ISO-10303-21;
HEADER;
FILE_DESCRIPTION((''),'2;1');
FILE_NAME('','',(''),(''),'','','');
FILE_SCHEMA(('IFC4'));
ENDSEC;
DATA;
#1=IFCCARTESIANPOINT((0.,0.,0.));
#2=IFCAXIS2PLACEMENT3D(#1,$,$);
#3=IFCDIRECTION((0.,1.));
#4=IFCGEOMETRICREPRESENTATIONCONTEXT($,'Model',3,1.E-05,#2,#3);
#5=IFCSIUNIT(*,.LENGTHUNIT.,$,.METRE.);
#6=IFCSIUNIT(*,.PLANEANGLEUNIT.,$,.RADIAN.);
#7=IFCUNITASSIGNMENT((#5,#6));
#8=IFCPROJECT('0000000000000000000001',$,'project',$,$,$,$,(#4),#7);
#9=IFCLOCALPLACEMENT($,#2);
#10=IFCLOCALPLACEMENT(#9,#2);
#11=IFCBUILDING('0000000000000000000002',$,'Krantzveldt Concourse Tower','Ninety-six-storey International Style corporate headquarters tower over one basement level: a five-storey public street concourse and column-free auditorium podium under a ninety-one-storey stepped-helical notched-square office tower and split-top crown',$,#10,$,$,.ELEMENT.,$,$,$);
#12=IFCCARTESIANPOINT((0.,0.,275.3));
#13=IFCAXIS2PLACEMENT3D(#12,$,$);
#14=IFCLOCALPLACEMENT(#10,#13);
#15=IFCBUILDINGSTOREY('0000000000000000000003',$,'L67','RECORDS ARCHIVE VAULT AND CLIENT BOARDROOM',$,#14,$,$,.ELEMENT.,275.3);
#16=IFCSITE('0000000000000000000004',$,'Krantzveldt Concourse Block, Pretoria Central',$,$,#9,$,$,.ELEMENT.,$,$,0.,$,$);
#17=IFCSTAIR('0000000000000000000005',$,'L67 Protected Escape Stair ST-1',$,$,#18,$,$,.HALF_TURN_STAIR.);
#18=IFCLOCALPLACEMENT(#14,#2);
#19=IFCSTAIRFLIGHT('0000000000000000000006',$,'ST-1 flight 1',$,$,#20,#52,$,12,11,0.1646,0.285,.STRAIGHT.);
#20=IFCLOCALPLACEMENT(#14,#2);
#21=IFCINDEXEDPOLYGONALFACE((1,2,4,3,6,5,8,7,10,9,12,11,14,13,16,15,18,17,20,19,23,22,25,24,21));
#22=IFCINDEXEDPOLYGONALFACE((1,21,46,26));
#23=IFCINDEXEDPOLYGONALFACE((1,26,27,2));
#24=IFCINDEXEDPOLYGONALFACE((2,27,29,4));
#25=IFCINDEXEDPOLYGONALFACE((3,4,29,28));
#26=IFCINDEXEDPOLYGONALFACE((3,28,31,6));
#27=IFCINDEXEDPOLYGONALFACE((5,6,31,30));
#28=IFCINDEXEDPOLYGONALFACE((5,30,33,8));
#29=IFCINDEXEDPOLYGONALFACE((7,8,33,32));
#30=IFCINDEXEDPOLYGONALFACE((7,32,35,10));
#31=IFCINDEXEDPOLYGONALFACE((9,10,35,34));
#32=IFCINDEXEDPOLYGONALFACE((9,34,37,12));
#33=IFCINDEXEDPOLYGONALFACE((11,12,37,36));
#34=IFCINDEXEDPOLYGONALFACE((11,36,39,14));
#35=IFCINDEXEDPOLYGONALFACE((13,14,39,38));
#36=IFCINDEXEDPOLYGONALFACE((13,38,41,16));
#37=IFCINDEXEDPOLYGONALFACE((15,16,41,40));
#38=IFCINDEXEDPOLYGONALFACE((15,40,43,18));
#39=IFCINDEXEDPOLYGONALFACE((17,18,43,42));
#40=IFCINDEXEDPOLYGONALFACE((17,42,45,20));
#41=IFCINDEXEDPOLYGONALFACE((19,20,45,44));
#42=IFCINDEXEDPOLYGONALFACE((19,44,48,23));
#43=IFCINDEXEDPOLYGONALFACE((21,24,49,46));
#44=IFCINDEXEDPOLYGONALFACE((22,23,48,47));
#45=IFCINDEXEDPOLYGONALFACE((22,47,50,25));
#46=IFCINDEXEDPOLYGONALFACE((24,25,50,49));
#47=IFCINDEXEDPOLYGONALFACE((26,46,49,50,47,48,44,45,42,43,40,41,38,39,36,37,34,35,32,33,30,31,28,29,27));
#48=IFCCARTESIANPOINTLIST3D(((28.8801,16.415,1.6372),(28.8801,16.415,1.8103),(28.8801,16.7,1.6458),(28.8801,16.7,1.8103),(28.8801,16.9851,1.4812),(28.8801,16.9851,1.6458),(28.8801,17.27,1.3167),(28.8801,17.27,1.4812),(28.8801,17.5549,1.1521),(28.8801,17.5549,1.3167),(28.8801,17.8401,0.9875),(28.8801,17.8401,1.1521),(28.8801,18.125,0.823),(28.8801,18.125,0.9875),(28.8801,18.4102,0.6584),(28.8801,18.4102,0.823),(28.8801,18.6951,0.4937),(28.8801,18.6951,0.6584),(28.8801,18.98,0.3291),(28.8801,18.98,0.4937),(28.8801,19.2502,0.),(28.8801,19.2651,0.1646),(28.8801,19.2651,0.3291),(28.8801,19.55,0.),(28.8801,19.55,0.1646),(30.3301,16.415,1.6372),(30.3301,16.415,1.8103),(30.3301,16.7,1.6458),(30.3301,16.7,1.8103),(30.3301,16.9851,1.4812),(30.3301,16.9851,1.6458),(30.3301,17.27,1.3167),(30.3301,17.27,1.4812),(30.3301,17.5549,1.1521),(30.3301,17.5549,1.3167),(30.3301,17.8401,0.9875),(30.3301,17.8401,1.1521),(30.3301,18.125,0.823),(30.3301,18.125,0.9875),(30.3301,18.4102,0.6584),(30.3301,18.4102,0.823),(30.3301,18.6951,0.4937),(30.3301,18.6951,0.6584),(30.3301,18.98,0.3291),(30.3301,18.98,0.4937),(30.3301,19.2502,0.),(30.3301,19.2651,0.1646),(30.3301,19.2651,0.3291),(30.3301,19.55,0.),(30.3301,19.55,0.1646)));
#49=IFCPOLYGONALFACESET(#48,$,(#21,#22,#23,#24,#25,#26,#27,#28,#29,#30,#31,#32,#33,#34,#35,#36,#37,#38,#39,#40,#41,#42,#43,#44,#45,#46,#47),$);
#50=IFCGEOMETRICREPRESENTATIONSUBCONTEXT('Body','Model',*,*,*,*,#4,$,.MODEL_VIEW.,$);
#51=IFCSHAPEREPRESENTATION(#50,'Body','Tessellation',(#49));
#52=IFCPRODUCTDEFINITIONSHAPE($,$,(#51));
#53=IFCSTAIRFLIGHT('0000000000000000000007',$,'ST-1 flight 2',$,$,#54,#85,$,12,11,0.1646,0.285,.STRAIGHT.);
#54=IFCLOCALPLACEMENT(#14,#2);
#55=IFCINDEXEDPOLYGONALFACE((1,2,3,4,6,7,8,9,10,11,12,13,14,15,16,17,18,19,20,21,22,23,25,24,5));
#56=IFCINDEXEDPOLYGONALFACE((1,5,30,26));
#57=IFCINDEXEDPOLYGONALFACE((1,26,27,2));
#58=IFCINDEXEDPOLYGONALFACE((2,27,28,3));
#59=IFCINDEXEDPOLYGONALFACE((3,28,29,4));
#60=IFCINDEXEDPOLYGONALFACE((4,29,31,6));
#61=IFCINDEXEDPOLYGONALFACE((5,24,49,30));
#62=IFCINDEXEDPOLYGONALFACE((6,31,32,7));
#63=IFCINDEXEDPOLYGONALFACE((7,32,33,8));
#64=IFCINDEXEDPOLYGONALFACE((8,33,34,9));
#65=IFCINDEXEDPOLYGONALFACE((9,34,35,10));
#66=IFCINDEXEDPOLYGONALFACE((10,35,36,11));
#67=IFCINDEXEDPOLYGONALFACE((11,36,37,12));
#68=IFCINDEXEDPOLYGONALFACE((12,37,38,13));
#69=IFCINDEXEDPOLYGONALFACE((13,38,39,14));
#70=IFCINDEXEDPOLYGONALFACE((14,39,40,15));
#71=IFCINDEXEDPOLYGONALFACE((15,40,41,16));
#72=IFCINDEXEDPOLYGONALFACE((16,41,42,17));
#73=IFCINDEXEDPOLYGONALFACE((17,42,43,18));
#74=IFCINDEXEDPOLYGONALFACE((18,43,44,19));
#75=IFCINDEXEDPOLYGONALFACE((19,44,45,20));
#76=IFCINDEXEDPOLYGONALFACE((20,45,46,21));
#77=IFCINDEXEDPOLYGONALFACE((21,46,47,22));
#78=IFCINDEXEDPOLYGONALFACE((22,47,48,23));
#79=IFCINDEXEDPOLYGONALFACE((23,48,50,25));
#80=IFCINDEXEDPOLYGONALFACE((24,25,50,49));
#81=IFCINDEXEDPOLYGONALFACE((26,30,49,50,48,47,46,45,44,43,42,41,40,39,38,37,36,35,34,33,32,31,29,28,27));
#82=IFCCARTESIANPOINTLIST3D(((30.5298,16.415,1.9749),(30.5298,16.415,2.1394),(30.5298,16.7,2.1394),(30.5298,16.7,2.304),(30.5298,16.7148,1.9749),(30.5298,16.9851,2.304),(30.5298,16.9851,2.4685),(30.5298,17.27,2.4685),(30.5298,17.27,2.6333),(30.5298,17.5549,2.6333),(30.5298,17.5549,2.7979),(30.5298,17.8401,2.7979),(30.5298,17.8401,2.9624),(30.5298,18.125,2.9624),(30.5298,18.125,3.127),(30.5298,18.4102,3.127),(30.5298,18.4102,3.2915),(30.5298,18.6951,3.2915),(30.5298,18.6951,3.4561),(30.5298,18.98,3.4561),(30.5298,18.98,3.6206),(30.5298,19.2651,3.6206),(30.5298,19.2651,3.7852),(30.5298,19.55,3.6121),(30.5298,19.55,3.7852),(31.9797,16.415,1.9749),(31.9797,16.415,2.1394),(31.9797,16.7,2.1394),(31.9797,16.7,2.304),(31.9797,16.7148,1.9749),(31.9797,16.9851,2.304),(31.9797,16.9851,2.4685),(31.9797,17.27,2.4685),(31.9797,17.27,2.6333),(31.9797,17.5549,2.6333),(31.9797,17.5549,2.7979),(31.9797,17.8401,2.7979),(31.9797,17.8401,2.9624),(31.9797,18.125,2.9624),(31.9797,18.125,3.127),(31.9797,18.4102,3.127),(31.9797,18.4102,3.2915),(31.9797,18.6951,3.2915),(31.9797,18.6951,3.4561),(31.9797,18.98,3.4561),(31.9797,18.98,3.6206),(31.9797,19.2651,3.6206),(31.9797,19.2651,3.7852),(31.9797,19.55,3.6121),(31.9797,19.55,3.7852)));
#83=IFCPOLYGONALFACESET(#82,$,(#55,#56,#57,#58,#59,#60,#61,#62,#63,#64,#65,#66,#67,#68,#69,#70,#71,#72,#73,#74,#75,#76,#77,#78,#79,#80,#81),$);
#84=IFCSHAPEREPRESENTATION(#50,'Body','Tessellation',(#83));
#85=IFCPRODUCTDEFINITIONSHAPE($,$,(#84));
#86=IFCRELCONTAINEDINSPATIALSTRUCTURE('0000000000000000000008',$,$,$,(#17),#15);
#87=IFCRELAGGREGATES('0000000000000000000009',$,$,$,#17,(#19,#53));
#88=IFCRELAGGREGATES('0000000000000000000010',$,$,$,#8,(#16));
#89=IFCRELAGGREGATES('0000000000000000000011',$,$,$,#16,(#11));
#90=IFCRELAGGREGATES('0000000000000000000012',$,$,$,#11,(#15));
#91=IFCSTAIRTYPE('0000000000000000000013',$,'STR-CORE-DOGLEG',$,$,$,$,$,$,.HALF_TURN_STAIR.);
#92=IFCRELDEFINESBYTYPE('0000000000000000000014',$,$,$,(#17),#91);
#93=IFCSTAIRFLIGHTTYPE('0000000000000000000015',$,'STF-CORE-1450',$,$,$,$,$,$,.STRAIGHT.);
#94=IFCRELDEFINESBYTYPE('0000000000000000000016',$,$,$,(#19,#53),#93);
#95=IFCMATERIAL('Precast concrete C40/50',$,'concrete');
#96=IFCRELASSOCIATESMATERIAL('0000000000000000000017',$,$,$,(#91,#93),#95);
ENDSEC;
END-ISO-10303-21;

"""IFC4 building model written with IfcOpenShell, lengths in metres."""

from ifc_helpers import new_model, si_unit, direction, frame, origin, place, context, subcontext, project, spatial, polyline, outline, extrude, material, type_object, element, aggregate, save


model = new_model("IFC4")

# Units and contexts
model_context = context("Model", 3, precision=1e-05, world=origin(), true_north=direction((0.0, 1.0)))
body_context = subcontext(model_context, "Body", "Model", "MODEL_VIEW")
ifc_project = project(units=[si_unit("LENGTHUNIT", "METRE"), si_unit("PLANEANGLEUNIT", "RADIAN")], contexts=[model_context])

# Site, building, storey
site_placement = place(None, origin())
site = spatial("IfcSite", under=ifc_project, at=site_placement, Name="Krantzveldt Concourse Block, Pretoria Central", CompositionType="ELEMENT", RefElevation=0.0)
building_placement = place(site_placement, origin())
building = spatial("IfcBuilding", under=site, at=building_placement, Name="Krantzveldt Concourse Tower", Description="Ninety-six-storey International Style corporate headquarters tower over one basement level: a five-storey public street concourse and column-free auditorium podium under a ninety-one-storey stepped-helical notched-square office tower and split-top crown", CompositionType="ELEMENT")
storey_placement = place(building_placement, frame((0.0, 0.0, 275.3)))
storey = spatial("IfcBuildingStorey", under=building, at=storey_placement, Name="L67", Description="RECORDS ARCHIVE VAULT AND CLIENT BOARDROOM", CompositionType="ELEMENT", Elevation=275.3)

# Stair, stair flights
ifc_material_1 = material(Name="Precast concrete C40/50", Category="concrete")
stair_type = type_object("IfcStairType", Name="STR-CORE-DOGLEG", PredefinedType="HALF_TURN_STAIR", material=ifc_material_1)
stair_placement = place(storey_placement, origin())
stair = element("IfcStair", 1, at=stair_placement, inside=storey, type_object=stair_type, Name="L67 Protected Escape Stair ST-1", PredefinedType="HALF_TURN_STAIR")
stair_flight_type = type_object("IfcStairFlightType", Name="STF-CORE-1450", PredefinedType="STRAIGHT", material=ifc_material_1)
stair_flight_1_placement = place(storey_placement, frame((29.605, 19.55, 0.0), z_axis=(0.0, 0.0, 1.0), x_axis=(0.0, -1.0, 0.0)))
stair_flight_1 = element("IfcStairFlight", 2, at=stair_flight_1_placement, type_object=stair_flight_type, Name="ST-1 flight 1", NumberOfRisers=12, NumberOfTreads=11, PredefinedType="STRAIGHT", RiserHeight=0.1646, TreadLength=0.285, context=body_context, shape_type="SweptSolid", body=[
    extrude(outline(polyline([(0.0, 0.0), (0.0, 0.1646), (0.2849, 0.1646), (0.2849, 0.3291), (0.5701, 0.3291), (0.5701, 0.4937), (0.855, 0.4937), (0.855, 0.6584), (1.1399, 0.6584), (1.1399, 0.823), (1.425, 0.823), (1.425, 0.9875), (1.71, 0.9875), (1.71, 1.1521), (1.9951, 1.1521), (1.9951, 1.3167), (2.28, 1.3167), (2.28, 1.4812), (2.5649, 1.4812), (2.5649, 1.6458), (2.8501, 1.6458), (2.8501, 1.8103), (3.135, 1.8103), (3.135, 1.9751), (3.135, 1.6372), (0.2998, 0.0), (0.0, 0.0)])), frame((0.0, 0.7251, 0.0), z_axis=(0.0, -1.0, 0.0), x_axis=(1.0, 0.0, 0.0)), (0.0, 0.0, 1.0), 1.45),
])
stair_flight_2_placement = place(storey_placement, frame((31.2549, 16.415, 1.9749), z_axis=(0.0, 0.0, 1.0), x_axis=(0.0, 1.0, 0.0)))
stair_flight_2 = element("IfcStairFlight", 3, at=stair_flight_2_placement, type_object=stair_flight_type, Name="ST-1 flight 2", NumberOfRisers=12, NumberOfTreads=11, PredefinedType="STRAIGHT", RiserHeight=0.1646, TreadLength=0.285, context=body_context, shape_type="SweptSolid", body=[
    extrude(outline(polyline([(0.0, 0.0), (0.0, 0.1646), (0.2849, 0.1646), (0.2849, 0.3291), (0.5701, 0.3291), (0.5701, 0.4937), (0.855, 0.4937), (0.855, 0.6584), (1.1399, 0.6584), (1.1399, 0.823), (1.425, 0.823), (1.425, 0.9875), (1.71, 0.9875), (1.71, 1.1521), (1.9951, 1.1521), (1.9951, 1.3167), (2.28, 1.3167), (2.28, 1.4812), (2.5649, 1.4812), (2.5649, 1.6458), (2.8501, 1.6458), (2.8501, 1.8103), (3.135, 1.8103), (3.135, 1.9751), (3.135, 1.6372), (0.2998, 0.0), (0.0, 0.0)])), frame((0.0, 0.7251, 0.0), z_axis=(0.0, -1.0, 0.0), x_axis=(1.0, 0.0, 0.0)), (0.0, 0.0, 1.0), 1.45),
])
aggregate(stair, [stair_flight_1, stair_flight_2])

save(model, "model.ifc")
